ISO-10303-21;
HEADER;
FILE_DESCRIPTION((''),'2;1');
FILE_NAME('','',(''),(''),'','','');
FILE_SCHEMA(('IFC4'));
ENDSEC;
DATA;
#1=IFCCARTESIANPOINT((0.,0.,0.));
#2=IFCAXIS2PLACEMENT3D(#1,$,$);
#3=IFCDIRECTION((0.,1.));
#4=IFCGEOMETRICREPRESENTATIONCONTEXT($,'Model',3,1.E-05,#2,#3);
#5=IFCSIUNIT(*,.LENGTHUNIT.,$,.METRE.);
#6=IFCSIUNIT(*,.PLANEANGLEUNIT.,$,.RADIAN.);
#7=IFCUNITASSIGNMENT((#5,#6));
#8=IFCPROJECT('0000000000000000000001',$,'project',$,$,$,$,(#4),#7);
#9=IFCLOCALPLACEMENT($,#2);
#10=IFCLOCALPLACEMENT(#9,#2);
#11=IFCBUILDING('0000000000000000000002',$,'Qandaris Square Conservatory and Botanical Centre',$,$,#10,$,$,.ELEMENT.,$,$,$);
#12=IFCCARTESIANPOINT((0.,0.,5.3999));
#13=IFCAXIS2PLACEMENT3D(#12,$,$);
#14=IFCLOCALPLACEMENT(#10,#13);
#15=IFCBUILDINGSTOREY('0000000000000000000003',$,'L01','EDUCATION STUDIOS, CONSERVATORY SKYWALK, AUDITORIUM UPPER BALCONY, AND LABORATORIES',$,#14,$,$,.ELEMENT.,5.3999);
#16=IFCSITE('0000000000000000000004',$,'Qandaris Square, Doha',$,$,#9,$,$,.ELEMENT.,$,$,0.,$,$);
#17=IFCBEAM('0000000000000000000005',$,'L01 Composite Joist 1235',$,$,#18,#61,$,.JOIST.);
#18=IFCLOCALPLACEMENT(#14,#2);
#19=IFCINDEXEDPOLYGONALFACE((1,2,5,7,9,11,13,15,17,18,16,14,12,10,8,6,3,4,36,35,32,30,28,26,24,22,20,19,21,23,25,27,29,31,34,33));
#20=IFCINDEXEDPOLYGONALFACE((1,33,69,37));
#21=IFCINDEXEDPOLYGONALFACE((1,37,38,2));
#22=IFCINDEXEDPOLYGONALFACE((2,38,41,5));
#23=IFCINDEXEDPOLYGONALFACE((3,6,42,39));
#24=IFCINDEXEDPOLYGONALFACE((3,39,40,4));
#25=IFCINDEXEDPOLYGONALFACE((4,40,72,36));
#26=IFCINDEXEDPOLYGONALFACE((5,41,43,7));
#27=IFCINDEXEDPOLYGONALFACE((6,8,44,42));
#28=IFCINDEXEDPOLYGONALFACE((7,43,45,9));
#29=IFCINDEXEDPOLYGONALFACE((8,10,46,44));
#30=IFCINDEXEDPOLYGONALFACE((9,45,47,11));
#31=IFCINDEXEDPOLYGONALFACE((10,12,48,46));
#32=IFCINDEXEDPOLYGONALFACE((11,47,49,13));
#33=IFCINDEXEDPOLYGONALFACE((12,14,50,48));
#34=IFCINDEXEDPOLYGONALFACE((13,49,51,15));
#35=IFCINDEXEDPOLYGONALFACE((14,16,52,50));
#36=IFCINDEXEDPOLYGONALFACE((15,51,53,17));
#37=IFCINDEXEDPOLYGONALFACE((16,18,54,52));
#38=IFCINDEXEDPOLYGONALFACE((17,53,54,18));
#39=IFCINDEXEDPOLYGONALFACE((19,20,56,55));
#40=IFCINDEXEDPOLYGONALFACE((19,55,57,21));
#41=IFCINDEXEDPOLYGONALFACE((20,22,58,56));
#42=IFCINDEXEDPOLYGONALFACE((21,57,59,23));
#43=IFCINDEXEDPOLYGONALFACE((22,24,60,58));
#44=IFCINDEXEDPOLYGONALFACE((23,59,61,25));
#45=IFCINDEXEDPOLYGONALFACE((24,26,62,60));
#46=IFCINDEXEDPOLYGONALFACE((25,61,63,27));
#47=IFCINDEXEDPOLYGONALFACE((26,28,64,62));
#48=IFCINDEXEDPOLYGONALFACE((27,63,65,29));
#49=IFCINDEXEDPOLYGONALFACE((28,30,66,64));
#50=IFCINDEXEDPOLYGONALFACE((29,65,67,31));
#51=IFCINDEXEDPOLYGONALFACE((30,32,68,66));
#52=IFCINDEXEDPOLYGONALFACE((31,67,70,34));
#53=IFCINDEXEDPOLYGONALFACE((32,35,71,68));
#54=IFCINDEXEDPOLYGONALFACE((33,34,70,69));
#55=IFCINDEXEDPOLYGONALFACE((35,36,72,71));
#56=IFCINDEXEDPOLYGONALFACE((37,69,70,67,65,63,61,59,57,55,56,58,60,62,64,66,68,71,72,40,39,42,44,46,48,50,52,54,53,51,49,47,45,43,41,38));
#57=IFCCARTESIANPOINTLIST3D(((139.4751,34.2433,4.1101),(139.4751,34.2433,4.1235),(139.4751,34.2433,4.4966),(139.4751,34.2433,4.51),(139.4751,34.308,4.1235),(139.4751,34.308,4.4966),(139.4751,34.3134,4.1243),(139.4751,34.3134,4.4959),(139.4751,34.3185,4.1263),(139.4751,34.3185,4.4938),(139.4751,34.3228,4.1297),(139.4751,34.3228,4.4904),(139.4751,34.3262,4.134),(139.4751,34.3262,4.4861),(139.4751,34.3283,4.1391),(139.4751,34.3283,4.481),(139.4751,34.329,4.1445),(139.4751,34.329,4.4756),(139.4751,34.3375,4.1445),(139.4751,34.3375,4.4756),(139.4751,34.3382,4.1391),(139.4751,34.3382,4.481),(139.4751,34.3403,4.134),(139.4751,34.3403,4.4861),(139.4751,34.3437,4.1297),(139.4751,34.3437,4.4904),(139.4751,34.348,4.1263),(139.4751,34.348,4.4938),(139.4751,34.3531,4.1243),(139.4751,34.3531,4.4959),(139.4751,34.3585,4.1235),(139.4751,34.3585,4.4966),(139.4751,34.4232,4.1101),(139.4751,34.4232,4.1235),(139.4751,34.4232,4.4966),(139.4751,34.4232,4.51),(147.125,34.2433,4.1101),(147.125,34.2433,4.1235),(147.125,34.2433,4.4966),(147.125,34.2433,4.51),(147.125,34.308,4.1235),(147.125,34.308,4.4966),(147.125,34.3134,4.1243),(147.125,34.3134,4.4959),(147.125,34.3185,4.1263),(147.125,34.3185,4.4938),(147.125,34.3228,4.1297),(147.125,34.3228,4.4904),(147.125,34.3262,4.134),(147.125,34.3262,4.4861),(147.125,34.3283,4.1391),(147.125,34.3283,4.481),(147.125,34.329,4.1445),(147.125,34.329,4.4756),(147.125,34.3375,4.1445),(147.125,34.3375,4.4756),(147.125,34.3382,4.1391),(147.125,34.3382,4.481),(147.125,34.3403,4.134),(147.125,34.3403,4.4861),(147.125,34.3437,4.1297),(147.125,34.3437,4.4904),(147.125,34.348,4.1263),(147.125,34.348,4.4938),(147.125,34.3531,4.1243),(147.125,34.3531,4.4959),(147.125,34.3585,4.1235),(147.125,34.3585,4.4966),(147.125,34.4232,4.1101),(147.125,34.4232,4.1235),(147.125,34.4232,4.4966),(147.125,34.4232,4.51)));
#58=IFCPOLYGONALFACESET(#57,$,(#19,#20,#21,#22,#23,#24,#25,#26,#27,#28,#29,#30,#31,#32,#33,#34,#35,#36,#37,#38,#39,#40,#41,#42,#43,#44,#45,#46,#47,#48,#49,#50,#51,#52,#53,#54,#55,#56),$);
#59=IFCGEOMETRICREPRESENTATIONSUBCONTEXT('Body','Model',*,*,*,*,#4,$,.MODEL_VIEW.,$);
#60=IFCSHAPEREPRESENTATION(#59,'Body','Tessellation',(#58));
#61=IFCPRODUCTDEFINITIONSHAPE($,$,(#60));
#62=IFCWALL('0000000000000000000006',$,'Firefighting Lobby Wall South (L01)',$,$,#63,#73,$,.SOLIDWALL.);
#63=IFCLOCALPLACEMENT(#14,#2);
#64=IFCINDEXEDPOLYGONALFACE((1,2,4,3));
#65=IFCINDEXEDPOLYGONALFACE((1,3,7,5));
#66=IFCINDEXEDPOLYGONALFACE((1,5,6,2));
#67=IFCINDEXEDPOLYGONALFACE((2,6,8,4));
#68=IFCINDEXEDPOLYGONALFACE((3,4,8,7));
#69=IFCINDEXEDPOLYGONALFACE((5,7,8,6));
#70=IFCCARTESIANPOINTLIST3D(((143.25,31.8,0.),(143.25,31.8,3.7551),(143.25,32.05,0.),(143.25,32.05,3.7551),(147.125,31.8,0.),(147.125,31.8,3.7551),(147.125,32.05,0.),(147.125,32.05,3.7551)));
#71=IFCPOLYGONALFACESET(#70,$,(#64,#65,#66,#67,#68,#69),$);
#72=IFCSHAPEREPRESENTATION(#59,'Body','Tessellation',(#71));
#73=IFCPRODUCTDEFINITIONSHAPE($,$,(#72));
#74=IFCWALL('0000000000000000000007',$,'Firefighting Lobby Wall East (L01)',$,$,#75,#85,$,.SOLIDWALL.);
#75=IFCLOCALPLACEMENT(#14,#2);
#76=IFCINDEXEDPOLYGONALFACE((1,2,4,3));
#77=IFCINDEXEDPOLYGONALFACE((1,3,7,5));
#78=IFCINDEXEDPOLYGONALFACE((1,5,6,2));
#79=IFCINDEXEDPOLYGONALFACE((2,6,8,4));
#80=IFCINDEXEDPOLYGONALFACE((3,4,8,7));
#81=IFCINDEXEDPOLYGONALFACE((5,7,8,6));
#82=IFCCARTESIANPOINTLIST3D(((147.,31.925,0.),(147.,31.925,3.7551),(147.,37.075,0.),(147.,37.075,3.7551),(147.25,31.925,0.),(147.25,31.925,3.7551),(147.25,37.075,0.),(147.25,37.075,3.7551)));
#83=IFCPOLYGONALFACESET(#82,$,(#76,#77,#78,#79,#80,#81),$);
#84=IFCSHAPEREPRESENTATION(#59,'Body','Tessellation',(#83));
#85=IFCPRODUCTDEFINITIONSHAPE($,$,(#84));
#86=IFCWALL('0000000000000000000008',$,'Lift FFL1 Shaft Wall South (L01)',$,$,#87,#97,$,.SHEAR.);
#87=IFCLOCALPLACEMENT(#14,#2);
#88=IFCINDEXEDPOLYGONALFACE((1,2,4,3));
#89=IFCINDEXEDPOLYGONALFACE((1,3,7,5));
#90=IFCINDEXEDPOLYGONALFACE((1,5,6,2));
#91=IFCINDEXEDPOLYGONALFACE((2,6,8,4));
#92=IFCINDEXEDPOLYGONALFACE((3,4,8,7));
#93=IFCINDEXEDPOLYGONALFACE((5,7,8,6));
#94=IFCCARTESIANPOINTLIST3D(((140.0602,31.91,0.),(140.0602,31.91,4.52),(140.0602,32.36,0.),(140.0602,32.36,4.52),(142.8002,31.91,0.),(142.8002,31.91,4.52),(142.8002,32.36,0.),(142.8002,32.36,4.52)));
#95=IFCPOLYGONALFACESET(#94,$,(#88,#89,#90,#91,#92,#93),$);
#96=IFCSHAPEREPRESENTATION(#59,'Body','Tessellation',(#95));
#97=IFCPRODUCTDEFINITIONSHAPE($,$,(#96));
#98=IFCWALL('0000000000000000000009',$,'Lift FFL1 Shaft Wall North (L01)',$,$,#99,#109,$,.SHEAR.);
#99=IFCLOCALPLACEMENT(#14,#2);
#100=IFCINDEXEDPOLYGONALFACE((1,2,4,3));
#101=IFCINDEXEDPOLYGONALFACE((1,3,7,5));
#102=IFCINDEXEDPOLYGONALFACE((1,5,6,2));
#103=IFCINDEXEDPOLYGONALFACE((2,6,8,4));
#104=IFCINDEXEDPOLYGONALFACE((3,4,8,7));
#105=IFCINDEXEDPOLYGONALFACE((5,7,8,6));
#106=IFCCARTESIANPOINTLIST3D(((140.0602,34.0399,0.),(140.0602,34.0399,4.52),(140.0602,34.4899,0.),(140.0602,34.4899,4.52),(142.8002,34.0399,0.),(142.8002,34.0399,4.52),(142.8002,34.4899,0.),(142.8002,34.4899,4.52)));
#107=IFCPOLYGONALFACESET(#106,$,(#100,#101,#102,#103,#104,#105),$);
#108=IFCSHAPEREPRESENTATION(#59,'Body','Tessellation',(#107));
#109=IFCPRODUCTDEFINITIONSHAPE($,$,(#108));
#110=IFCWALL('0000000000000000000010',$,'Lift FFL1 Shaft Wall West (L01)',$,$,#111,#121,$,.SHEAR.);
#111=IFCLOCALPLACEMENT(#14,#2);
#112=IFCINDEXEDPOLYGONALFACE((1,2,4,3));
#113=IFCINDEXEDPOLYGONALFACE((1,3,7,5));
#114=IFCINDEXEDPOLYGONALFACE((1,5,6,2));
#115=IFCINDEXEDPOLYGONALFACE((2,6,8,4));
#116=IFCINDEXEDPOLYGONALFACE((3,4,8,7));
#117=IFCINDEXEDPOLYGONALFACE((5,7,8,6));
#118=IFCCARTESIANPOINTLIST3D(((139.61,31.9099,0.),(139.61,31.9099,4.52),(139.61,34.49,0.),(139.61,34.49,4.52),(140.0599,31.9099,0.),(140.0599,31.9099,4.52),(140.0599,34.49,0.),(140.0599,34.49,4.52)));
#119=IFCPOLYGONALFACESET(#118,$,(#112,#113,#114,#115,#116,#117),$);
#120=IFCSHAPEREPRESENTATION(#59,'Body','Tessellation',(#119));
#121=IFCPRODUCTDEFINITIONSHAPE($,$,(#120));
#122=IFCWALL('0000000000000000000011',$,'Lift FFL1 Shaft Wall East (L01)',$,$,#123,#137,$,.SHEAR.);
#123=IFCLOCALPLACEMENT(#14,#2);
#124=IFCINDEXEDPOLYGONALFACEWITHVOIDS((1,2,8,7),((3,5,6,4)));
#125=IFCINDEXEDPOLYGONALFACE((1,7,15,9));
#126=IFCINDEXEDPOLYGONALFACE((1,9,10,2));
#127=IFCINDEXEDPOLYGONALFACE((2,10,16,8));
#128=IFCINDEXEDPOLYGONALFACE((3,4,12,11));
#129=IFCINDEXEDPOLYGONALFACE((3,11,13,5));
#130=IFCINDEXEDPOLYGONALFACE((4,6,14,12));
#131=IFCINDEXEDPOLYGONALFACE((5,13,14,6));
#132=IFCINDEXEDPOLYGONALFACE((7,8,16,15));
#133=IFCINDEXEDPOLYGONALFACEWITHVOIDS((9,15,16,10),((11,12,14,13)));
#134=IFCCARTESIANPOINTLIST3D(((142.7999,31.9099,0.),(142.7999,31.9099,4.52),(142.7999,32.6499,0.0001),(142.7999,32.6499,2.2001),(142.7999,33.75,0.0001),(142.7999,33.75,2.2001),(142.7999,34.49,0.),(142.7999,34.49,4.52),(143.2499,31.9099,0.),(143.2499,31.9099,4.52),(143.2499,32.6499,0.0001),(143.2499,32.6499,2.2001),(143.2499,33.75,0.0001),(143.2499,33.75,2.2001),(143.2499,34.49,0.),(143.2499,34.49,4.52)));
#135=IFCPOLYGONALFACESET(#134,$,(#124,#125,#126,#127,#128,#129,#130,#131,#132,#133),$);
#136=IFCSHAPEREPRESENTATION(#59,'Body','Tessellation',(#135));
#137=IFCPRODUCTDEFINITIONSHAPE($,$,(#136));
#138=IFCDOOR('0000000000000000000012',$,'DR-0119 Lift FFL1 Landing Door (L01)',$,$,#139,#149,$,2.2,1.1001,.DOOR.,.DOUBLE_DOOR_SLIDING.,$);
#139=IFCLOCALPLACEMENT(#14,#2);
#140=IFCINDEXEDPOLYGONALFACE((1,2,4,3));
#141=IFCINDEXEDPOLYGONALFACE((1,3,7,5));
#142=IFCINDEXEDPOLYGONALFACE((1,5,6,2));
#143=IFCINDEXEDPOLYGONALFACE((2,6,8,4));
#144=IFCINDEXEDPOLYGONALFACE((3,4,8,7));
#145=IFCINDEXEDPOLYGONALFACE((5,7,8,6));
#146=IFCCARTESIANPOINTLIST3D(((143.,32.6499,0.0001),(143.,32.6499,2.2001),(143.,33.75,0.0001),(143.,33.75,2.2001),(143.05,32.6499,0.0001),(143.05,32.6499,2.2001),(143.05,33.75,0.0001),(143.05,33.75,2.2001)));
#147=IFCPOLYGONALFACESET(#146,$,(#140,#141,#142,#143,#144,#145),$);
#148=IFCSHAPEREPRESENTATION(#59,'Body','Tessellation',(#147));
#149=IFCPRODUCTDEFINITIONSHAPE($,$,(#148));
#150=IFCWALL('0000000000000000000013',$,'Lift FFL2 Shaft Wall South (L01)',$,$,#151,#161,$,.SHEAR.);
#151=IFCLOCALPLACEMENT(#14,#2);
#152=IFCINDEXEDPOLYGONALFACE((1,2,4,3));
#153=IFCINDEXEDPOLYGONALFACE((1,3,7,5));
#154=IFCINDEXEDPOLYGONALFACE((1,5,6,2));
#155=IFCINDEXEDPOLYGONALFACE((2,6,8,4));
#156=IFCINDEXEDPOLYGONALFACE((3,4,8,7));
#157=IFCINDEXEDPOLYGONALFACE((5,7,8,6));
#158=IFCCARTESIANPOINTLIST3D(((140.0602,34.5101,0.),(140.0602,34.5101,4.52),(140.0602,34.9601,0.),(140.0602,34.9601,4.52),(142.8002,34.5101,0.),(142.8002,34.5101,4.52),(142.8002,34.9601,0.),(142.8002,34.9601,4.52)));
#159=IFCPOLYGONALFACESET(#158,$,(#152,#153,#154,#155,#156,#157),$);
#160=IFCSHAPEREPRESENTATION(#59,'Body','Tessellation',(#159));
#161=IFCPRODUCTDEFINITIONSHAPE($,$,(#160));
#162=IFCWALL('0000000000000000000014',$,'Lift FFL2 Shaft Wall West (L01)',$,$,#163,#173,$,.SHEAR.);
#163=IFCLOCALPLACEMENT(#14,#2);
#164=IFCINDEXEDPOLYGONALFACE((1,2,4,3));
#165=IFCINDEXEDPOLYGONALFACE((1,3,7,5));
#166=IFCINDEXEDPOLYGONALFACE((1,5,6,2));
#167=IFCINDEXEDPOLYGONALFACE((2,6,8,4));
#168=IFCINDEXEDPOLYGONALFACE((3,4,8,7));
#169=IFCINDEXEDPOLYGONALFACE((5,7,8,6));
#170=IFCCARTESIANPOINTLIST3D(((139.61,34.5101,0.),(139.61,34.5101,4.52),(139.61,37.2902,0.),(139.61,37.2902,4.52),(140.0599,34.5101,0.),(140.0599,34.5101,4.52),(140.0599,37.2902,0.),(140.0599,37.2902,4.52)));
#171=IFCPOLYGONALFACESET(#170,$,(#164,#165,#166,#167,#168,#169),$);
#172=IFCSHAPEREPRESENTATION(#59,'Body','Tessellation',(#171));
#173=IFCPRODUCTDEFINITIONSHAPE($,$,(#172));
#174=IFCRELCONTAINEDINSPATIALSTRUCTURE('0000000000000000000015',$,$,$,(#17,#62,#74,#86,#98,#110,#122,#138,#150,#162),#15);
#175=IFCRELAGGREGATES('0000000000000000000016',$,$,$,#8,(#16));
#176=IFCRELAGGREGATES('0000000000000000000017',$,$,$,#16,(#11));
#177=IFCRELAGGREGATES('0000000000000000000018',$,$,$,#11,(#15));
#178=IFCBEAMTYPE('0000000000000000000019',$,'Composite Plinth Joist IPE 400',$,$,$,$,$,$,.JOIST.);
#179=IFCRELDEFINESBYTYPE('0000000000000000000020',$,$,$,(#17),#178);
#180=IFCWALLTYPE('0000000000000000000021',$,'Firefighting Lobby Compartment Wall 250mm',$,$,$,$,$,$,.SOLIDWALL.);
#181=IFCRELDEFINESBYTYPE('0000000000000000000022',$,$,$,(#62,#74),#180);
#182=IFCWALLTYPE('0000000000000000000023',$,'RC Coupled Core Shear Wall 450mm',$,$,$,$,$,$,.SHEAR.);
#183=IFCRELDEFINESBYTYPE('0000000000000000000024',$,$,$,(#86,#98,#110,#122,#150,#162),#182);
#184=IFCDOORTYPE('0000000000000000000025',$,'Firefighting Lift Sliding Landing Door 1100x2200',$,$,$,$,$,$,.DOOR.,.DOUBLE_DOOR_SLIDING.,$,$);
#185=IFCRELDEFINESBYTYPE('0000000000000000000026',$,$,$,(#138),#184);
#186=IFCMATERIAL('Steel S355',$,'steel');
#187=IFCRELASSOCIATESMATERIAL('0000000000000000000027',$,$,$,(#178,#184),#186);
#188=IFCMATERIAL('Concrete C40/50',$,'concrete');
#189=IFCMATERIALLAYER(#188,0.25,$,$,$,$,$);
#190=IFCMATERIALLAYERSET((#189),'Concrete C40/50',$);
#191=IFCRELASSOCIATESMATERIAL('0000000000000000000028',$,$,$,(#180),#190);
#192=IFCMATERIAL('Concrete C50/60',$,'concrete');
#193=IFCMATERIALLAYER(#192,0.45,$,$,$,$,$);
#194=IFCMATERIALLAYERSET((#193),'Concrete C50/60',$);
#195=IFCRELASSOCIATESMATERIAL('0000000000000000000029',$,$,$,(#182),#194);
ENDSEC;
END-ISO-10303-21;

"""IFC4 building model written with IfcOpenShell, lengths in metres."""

from ifc_helpers import new_model, si_unit, direction, frame, frame_2d, origin, origin_2d, place, context, subcontext, project, spatial, rectangle, i_section, extrude, material, layer, layer_set, material_profile, profile_set, type_object, element, fill, save


model = new_model("IFC4")

# Units and contexts
model_context = context("Model", 3, precision=1e-05, world=origin(), true_north=direction((0.0, 1.0)))
body_context = subcontext(model_context, "Body", "Model", "MODEL_VIEW")
ifc_project = project(units=[si_unit("LENGTHUNIT", "METRE"), si_unit("PLANEANGLEUNIT", "RADIAN")], contexts=[model_context])

# Site, building, storey
site_placement = place(None, origin())
site = spatial("IfcSite", under=ifc_project, at=site_placement, Name="Qandaris Square, Doha", CompositionType="ELEMENT", RefElevation=0.0)
building_placement = place(site_placement, origin())
building = spatial("IfcBuilding", under=site, at=building_placement, Name="Qandaris Square Conservatory and Botanical Centre", CompositionType="ELEMENT")
storey_placement = place(building_placement, frame((0.0, 0.0, 5.3999)))
storey = spatial("IfcBuildingStorey", under=building, at=storey_placement, Name="L01", Description="EDUCATION STUDIOS, CONSERVATORY SKYWALK, AUDITORIUM UPPER BALCONY, AND LABORATORIES", CompositionType="ELEMENT", Elevation=5.3999)

# Beam
ifc_material_1 = material(Name="Steel S355", Category="steel")
ifc_material_profile = material_profile(ifc_material_1, i_section(OverallWidth=0.1799, OverallDepth=0.3999, WebThickness=0.0085, FlangeThickness=0.0134, FilletRadius=0.021, at=origin_2d()), Name="IPE 400")
ifc_profile_set = profile_set([ifc_material_profile], Name="Steel S355")
beam_type = type_object("IfcBeamType", Name="Composite Plinth Joist IPE 400", PredefinedType="JOIST", material=ifc_profile_set)
beam_placement = place(storey_placement, frame((139.4751, 34.3333, 4.3101), z_axis=(1.0, 0.0, 0.0), x_axis=(0.0, 1.0, 0.0)))
element("IfcBeam", 1, at=beam_placement, inside=storey, type_object=beam_type, Name="L01 Composite Joist 1235", PredefinedType="JOIST", context=body_context, shape_type="SweptSolid", body=[
    extrude(i_section(OverallWidth=0.1799, OverallDepth=0.3999, WebThickness=0.0085, FlangeThickness=0.0134, FilletRadius=0.021, at=origin_2d()), origin(), (0.0, 0.0, 1.0), 7.6499),
])

# Walls
ifc_material_2 = material(Name="Concrete C40/50", Category="concrete")
ifc_layer_1 = layer(ifc_material_2, 0.25)
ifc_layer_set_1 = layer_set([ifc_layer_1], Name="Concrete C40/50")
wall_type_1 = type_object("IfcWallType", Name="Firefighting Lobby Compartment Wall 250mm", PredefinedType="SOLIDWALL", material=ifc_layer_set_1)
wall_1_placement = place(storey_placement, frame((143.25, 31.925, 0.0), z_axis=(0.0, 0.0, 1.0), x_axis=(1.0, 0.0, 0.0)))
element("IfcWall", 2, at=wall_1_placement, inside=storey, type_object=wall_type_1, Name="Firefighting Lobby Wall South (L01)", PredefinedType="SOLIDWALL", context=body_context, shape_type="SweptSolid", body=[
    extrude(rectangle(XDim=3.875, YDim=0.25, at=frame_2d((1.9375, 0.0))), origin(), (0.0, 0.0, 1.0), 3.7551),
])
wall_2_placement = place(storey_placement, frame((147.125, 31.925, 0.0), z_axis=(0.0, 0.0, 1.0), x_axis=(0.0, 1.0, 0.0)))
element("IfcWall", 3, at=wall_2_placement, inside=storey, type_object=wall_type_1, Name="Firefighting Lobby Wall East (L01)", PredefinedType="SOLIDWALL", context=body_context, shape_type="SweptSolid", body=[
    extrude(rectangle(XDim=5.1499, YDim=0.25, at=frame_2d((2.575, 0.0))), origin(), (0.0, 0.0, 1.0), 3.7551),
])
ifc_material_3 = material(Name="Concrete C50/60", Category="concrete")
ifc_layer_2 = layer(ifc_material_3, 0.45)
ifc_layer_set_2 = layer_set([ifc_layer_2], Name="Concrete C50/60")
wall_type_2 = type_object("IfcWallType", Name="RC Coupled Core Shear Wall 450mm", PredefinedType="SHEAR", material=ifc_layer_set_2)
for number, where, z_axis, x_axis, name in (
    (4, (140.0601, 32.135, 0.0), (0.0, 0.0, 1.0), (1.0, 0.0, 0.0), "Lift FFL1 Shaft Wall South (L01)"),
    (5, (140.0601, 34.2649, 0.0), (0.0, 0.0, 1.0), (1.0, 0.0, 0.0), "Lift FFL1 Shaft Wall North (L01)"),
):
    element("IfcWall", number, at=place(storey_placement, frame(where, z_axis=z_axis, x_axis=x_axis)), inside=storey, type_object=wall_type_2, Name=name, PredefinedType="SHEAR", context=body_context, shape_type="SweptSolid", body=[
        extrude(rectangle(XDim=2.74, YDim=0.45, at=frame_2d((1.3701, 0.0))), origin(), (0.0, 0.0, 1.0), 4.52),
    ])
wall_3_placement = place(storey_placement, frame((139.835, 31.9099, 0.0), z_axis=(0.0, 0.0, 1.0), x_axis=(0.0, 1.0, 0.0)))
element("IfcWall", 6, at=wall_3_placement, inside=storey, type_object=wall_type_2, Name="Lift FFL1 Shaft Wall West (L01)", PredefinedType="SHEAR", context=body_context, shape_type="SweptSolid", body=[
    extrude(rectangle(XDim=2.5801, YDim=0.45, at=frame_2d((1.29, 0.0))), origin(), (0.0, 0.0, 1.0), 4.52),
])

# Wall, opening, door
wall_4_placement = place(storey_placement, frame((143.0249, 31.9099, 0.0), z_axis=(0.0, 0.0, 1.0), x_axis=(0.0, 1.0, 0.0)))
wall_4 = element("IfcWall", 7, at=wall_4_placement, inside=storey, type_object=wall_type_2, Name="Lift FFL1 Shaft Wall East (L01)", PredefinedType="SHEAR", context=body_context, shape_type="SweptSolid", body=[
    extrude(rectangle(XDim=2.5801, YDim=0.45, at=frame_2d((1.29, 0.0))), origin(), (0.0, 0.0, 1.0), 4.52),
])
opening_1_placement = place(wall_4_placement, frame((0.74, 0.0, 0.0)))
opening_1 = element("IfcOpeningElement", 8, at=opening_1_placement, cuts=wall_4, PredefinedType="OPENING", context=body_context, shape_type="SweptSolid", body=[
    extrude(rectangle(XDim=1.1001, YDim=2.2, at=frame_2d((0.55, 1.1001))), frame((0.0, 0.2368, 0.0), z_axis=(0.0, -1.0, 0.0), x_axis=(1.0, 0.0, 0.0)), (0.0, 0.0, 1.0), 0.4739),
])
door_type = type_object("IfcDoorType", Name="Firefighting Lift Sliding Landing Door 1100x2200", OperationType="DOUBLE_DOOR_SLIDING", PredefinedType="DOOR", material=ifc_material_1)
door_1_placement = place(opening_1_placement, origin())
door_1 = element("IfcDoor", 9, at=door_1_placement, inside=storey, type_object=door_type, Name="DR-0119 Lift FFL1 Landing Door (L01)", OperationType="DOUBLE_DOOR_SLIDING", OverallHeight=2.2, OverallWidth=1.1001, PredefinedType="DOOR", context=body_context, shape_type="SweptSolid", body=[
    extrude(rectangle(XDim=1.1001, YDim=2.2, at=frame_2d((0.55, 1.1001))), frame((0.0, 0.0249, 0.0), z_axis=(0.0, -1.0, 0.0), x_axis=(1.0, 0.0, 0.0)), (0.0, 0.0, 1.0), 0.05),
])
fill(opening_1, door_1)

# Walls
wall_5_placement = place(storey_placement, frame((140.0601, 34.7351, 0.0), z_axis=(0.0, 0.0, 1.0), x_axis=(1.0, 0.0, 0.0)))
element("IfcWall", 10, at=wall_5_placement, inside=storey, type_object=wall_type_2, Name="Lift FFL2 Shaft Wall South (L01)", PredefinedType="SHEAR", context=body_context, shape_type="SweptSolid", body=[
    extrude(rectangle(XDim=2.74, YDim=0.45, at=frame_2d((1.3701, 0.0))), origin(), (0.0, 0.0, 1.0), 4.52),
])
wall_6_placement = place(storey_placement, frame((139.835, 34.51, 0.0), z_axis=(0.0, 0.0, 1.0), x_axis=(0.0, 1.0, 0.0)))
element("IfcWall", 11, at=wall_6_placement, inside=storey, type_object=wall_type_2, Name="Lift FFL2 Shaft Wall West (L01)", PredefinedType="SHEAR", context=body_context, shape_type="SweptSolid", body=[
    extrude(rectangle(XDim=2.78, YDim=0.45, at=frame_2d((1.3901, 0.0))), origin(), (0.0, 0.0, 1.0), 4.52),
])

save(model, "model.ifc")
